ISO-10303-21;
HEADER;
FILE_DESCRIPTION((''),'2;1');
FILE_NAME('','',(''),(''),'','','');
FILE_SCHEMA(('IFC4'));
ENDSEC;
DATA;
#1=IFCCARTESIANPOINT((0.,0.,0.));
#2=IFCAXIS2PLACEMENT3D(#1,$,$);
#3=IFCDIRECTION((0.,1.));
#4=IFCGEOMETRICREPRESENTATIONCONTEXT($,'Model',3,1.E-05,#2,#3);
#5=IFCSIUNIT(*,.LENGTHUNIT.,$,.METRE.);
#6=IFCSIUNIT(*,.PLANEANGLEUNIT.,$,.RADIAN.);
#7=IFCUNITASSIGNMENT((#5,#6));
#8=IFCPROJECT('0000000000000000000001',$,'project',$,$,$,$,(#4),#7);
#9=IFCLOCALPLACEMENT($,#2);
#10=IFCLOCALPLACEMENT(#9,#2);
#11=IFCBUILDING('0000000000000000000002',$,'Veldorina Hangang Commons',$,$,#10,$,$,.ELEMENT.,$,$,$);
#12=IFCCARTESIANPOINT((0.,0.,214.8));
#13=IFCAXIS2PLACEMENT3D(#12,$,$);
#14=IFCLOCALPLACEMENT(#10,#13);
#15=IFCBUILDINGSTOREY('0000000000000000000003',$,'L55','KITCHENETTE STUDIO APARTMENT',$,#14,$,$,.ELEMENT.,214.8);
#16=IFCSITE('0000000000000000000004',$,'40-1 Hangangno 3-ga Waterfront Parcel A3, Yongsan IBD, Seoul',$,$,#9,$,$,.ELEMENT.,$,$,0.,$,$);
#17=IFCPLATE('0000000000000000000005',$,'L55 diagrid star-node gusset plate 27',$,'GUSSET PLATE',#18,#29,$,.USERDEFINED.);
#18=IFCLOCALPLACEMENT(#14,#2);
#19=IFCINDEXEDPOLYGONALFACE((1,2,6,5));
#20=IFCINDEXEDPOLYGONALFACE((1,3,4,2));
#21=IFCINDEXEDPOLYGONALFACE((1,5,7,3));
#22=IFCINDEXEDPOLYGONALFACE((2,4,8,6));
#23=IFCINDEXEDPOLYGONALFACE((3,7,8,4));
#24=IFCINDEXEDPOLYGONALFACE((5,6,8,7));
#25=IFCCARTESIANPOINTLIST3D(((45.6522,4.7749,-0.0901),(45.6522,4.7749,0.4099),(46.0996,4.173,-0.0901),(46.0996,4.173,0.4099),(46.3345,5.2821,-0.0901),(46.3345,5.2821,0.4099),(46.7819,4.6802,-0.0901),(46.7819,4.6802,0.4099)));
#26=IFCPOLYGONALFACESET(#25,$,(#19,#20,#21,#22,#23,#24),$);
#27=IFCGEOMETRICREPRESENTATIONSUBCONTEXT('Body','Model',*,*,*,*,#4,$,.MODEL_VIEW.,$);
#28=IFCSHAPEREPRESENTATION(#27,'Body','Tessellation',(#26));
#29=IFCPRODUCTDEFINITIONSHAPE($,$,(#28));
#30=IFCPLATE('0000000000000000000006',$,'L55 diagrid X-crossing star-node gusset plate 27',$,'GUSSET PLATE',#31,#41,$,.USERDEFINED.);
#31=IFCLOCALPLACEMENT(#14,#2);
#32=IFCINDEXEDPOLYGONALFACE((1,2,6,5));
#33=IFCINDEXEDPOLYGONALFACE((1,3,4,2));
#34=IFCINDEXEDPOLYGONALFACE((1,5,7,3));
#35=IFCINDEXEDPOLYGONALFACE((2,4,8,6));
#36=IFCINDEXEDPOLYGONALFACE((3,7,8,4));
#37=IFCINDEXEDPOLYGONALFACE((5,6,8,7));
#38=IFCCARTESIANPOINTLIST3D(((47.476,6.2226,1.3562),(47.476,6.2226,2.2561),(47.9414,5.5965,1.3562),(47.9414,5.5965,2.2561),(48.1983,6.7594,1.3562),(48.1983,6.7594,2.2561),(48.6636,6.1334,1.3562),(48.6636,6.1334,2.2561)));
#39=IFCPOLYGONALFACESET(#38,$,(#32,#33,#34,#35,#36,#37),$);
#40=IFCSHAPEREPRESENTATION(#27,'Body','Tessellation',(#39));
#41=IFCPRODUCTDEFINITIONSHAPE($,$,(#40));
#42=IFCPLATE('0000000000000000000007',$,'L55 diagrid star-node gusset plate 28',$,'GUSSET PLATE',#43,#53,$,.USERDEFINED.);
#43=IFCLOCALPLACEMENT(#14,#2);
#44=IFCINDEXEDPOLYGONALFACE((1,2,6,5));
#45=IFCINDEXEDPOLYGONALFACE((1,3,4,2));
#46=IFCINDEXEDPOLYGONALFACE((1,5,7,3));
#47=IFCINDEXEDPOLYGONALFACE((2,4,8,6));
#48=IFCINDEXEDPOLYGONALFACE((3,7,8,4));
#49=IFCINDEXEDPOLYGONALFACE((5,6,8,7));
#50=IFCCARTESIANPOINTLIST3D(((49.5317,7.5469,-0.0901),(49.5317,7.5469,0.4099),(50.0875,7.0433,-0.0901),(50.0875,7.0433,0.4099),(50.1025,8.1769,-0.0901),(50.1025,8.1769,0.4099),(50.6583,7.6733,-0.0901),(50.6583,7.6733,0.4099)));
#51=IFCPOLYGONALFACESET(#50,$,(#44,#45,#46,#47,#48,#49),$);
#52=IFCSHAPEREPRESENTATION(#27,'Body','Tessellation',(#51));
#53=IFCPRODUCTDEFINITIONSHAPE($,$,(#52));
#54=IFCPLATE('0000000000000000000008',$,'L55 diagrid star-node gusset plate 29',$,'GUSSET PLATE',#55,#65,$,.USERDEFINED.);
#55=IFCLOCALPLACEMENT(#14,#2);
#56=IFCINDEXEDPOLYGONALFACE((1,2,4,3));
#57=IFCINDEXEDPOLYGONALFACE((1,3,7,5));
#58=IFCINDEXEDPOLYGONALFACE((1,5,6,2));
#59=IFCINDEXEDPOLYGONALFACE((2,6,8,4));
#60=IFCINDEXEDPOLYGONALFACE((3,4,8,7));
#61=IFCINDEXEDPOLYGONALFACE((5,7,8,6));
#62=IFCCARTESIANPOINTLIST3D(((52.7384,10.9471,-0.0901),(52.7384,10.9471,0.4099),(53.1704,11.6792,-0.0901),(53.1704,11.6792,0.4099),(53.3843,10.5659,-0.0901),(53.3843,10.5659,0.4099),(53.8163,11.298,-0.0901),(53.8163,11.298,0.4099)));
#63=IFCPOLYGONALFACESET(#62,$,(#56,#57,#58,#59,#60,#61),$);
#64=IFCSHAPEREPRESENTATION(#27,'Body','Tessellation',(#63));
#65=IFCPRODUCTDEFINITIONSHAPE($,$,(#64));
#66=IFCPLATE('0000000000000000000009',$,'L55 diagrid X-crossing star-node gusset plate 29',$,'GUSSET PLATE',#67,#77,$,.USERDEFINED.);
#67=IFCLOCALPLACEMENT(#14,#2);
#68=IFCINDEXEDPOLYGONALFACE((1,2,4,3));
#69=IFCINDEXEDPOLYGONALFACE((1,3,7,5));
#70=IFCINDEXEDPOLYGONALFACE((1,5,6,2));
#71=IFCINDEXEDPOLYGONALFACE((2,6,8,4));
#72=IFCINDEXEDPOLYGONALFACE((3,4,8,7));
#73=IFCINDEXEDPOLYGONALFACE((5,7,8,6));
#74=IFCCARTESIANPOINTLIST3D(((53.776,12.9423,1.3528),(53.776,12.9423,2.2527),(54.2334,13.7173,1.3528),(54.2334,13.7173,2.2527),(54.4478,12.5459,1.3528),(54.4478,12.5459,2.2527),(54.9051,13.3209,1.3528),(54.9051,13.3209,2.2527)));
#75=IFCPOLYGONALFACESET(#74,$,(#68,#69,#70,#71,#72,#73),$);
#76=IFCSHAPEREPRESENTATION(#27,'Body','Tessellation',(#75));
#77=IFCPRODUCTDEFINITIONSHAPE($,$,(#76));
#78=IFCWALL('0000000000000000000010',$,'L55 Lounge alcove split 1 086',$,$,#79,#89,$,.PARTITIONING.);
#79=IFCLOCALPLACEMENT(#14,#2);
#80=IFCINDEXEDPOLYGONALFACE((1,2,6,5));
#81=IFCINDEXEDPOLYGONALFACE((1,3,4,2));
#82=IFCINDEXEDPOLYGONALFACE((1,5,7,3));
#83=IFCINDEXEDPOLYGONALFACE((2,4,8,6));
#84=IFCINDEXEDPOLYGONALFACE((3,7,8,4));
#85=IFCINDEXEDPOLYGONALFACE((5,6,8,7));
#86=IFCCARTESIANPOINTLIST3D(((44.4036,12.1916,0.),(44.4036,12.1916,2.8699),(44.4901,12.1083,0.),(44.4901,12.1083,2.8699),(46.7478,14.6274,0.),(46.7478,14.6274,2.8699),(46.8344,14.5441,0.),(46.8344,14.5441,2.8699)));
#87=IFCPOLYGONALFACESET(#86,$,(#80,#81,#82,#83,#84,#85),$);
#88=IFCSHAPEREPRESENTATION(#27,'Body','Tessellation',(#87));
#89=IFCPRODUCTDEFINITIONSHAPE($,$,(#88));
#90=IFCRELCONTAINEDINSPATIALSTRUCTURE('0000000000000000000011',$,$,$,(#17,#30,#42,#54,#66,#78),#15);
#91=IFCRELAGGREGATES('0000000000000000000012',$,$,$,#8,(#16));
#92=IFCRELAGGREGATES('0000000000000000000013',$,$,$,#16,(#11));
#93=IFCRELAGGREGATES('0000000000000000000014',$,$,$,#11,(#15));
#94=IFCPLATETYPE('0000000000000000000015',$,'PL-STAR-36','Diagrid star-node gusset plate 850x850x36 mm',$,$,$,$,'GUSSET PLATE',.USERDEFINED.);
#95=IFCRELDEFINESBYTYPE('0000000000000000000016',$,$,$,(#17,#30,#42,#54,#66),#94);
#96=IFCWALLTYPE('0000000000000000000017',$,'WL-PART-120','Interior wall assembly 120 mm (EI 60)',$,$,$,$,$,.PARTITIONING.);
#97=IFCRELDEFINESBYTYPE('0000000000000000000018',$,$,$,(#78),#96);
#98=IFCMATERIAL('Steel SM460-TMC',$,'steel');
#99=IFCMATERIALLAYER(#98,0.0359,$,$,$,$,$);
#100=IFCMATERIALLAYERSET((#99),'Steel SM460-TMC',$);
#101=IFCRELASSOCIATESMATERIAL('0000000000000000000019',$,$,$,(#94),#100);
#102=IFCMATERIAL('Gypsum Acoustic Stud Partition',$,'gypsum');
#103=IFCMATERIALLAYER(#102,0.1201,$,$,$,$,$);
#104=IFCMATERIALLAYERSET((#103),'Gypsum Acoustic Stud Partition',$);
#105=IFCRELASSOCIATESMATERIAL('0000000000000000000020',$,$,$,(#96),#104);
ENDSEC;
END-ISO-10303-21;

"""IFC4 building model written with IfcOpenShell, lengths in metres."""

from ifc_helpers import new_model, si_unit, direction, frame, frame_2d, origin, origin_2d, place, context, subcontext, project, spatial, rectangle, extrude, material, layer, layer_set, type_object, element, save


model = new_model("IFC4")

# Units and contexts
model_context = context("Model", 3, precision=1e-05, world=origin(), true_north=direction((0.0, 1.0)))
body_context = subcontext(model_context, "Body", "Model", "MODEL_VIEW")
ifc_project = project(units=[si_unit("LENGTHUNIT", "METRE"), si_unit("PLANEANGLEUNIT", "RADIAN")], contexts=[model_context])

# Site, building, storey
site_placement = place(None, origin())
site = spatial("IfcSite", under=ifc_project, at=site_placement, Name="40-1 Hangangno 3-ga Waterfront Parcel A3, Yongsan IBD, Seoul", CompositionType="ELEMENT", RefElevation=0.0)
building_placement = place(site_placement, origin())
building = spatial("IfcBuilding", under=site, at=building_placement, Name="Veldorina Hangang Commons", CompositionType="ELEMENT")
storey_placement = place(building_placement, frame((0.0, 0.0, 214.8)))
storey = spatial("IfcBuildingStorey", under=building, at=storey_placement, Name="L55", Description="KITCHENETTE STUDIO APARTMENT", CompositionType="ELEMENT", Elevation=214.8)

# Plates
ifc_material_1 = material(Name="Steel SM460-TMC", Category="steel")
ifc_layer_1 = layer(ifc_material_1, 0.0359)
ifc_layer_set_1 = layer_set([ifc_layer_1], Name="Steel SM460-TMC")
plate_type_1 = type_object("IfcPlateType", Name="PL-STAR-36", Description="Diagrid star-node gusset plate 850x850x36 mm", ElementType="GUSSET PLATE", PredefinedType="USERDEFINED", material=ifc_layer_set_1)
plate_1_placement = place(storey_placement, frame((46.217, 4.7275, -0.0901), z_axis=(0.0, 0.0, 1.0), x_axis=(0.802557, 0.596575, 0.0)))
element("IfcPlate", 1, at=plate_1_placement, inside=storey, type_object=plate_type_1, Name="L55 diagrid star-node gusset plate 27", ObjectType="GUSSET PLATE", PredefinedType="USERDEFINED", context=body_context, shape_type="SweptSolid", body=[
    extrude(rectangle(XDim=0.8501, YDim=0.75, at=origin_2d()), origin(), (0.0, 0.0, 1.0), 0.5),
])
plate_2_placement = place(storey_placement, frame((48.0698, 6.178, 1.3562), z_axis=(0.0, 0.0, 1.0), x_axis=(0.802557, 0.596575, 0.0)))
element("IfcPlate", 2, at=plate_2_placement, inside=storey, type_object=plate_type_1, Name="L55 diagrid X-crossing star-node gusset plate 27", ObjectType="GUSSET PLATE", PredefinedType="USERDEFINED", context=body_context, shape_type="SweptSolid", body=[
    extrude(rectangle(XDim=0.8999, YDim=0.78, at=origin_2d()), origin(), (0.0, 0.0, 1.0), 0.8999),
])
for number, where, z_axis, x_axis, name in (
    (3, (50.095, 7.6101, -0.0901), (0.0, 0.0, 1.0), (0.671436, 0.741062, 0.0), "L55 diagrid star-node gusset plate 28"),
    (4, (53.2773, 11.1226, -0.0901), (0.0, 0.0, 1.0), (0.508215, 0.86123, 0.0), "L55 diagrid star-node gusset plate 29"),
):
    element("IfcPlate", number, at=place(storey_placement, frame(where, z_axis=z_axis, x_axis=x_axis)), inside=storey, type_object=plate_type_1, Name=name, ObjectType="GUSSET PLATE", PredefinedType="USERDEFINED", context=body_context, shape_type="SweptSolid", body=[
        extrude(rectangle(XDim=0.8501, YDim=0.75, at=origin_2d()), origin(), (0.0, 0.0, 1.0), 0.5),
    ])
plate_3_placement = place(storey_placement, frame((54.3406, 13.1316, 1.3528), z_axis=(0.0, 0.0, 1.0), x_axis=(0.508215, 0.86123, 0.0)))
element("IfcPlate", 5, at=plate_3_placement, inside=storey, type_object=plate_type_1, Name="L55 diagrid X-crossing star-node gusset plate 29", ObjectType="GUSSET PLATE", PredefinedType="USERDEFINED", context=body_context, shape_type="SweptSolid", body=[
    extrude(rectangle(XDim=0.8999, YDim=0.78, at=origin_2d()), origin(), (0.0, 0.0, 1.0), 0.8999),
])

# Wall
ifc_material_2 = material(Name="Gypsum Acoustic Stud Partition", Category="gypsum")
ifc_layer_2 = layer(ifc_material_2, 0.1201)
ifc_layer_set_2 = layer_set([ifc_layer_2], Name="Gypsum Acoustic Stud Partition")
wall_type_1 = type_object("IfcWallType", Name="WL-PART-120", Description="Interior wall assembly 120 mm (EI 60)", PredefinedType="PARTITIONING", material=ifc_layer_set_2)
wall_1_placement = place(storey_placement, frame((44.4468, 12.1499, 0.0), z_axis=(0.0, 0.0, 1.0), x_axis=(0.693436, 0.720518, 0.0)))
element("IfcWall", 6, at=wall_1_placement, inside=storey, type_object=wall_type_1, Name="L55 Lounge alcove split 1 086", PredefinedType="PARTITIONING", context=body_context, shape_type="SweptSolid", body=[
    extrude(rectangle(XDim=3.3806, YDim=0.1201, at=frame_2d((1.6904, 0.0))), origin(), (0.0, 0.0, 1.0), 2.8699),
])

save(model, "model.ifc")
